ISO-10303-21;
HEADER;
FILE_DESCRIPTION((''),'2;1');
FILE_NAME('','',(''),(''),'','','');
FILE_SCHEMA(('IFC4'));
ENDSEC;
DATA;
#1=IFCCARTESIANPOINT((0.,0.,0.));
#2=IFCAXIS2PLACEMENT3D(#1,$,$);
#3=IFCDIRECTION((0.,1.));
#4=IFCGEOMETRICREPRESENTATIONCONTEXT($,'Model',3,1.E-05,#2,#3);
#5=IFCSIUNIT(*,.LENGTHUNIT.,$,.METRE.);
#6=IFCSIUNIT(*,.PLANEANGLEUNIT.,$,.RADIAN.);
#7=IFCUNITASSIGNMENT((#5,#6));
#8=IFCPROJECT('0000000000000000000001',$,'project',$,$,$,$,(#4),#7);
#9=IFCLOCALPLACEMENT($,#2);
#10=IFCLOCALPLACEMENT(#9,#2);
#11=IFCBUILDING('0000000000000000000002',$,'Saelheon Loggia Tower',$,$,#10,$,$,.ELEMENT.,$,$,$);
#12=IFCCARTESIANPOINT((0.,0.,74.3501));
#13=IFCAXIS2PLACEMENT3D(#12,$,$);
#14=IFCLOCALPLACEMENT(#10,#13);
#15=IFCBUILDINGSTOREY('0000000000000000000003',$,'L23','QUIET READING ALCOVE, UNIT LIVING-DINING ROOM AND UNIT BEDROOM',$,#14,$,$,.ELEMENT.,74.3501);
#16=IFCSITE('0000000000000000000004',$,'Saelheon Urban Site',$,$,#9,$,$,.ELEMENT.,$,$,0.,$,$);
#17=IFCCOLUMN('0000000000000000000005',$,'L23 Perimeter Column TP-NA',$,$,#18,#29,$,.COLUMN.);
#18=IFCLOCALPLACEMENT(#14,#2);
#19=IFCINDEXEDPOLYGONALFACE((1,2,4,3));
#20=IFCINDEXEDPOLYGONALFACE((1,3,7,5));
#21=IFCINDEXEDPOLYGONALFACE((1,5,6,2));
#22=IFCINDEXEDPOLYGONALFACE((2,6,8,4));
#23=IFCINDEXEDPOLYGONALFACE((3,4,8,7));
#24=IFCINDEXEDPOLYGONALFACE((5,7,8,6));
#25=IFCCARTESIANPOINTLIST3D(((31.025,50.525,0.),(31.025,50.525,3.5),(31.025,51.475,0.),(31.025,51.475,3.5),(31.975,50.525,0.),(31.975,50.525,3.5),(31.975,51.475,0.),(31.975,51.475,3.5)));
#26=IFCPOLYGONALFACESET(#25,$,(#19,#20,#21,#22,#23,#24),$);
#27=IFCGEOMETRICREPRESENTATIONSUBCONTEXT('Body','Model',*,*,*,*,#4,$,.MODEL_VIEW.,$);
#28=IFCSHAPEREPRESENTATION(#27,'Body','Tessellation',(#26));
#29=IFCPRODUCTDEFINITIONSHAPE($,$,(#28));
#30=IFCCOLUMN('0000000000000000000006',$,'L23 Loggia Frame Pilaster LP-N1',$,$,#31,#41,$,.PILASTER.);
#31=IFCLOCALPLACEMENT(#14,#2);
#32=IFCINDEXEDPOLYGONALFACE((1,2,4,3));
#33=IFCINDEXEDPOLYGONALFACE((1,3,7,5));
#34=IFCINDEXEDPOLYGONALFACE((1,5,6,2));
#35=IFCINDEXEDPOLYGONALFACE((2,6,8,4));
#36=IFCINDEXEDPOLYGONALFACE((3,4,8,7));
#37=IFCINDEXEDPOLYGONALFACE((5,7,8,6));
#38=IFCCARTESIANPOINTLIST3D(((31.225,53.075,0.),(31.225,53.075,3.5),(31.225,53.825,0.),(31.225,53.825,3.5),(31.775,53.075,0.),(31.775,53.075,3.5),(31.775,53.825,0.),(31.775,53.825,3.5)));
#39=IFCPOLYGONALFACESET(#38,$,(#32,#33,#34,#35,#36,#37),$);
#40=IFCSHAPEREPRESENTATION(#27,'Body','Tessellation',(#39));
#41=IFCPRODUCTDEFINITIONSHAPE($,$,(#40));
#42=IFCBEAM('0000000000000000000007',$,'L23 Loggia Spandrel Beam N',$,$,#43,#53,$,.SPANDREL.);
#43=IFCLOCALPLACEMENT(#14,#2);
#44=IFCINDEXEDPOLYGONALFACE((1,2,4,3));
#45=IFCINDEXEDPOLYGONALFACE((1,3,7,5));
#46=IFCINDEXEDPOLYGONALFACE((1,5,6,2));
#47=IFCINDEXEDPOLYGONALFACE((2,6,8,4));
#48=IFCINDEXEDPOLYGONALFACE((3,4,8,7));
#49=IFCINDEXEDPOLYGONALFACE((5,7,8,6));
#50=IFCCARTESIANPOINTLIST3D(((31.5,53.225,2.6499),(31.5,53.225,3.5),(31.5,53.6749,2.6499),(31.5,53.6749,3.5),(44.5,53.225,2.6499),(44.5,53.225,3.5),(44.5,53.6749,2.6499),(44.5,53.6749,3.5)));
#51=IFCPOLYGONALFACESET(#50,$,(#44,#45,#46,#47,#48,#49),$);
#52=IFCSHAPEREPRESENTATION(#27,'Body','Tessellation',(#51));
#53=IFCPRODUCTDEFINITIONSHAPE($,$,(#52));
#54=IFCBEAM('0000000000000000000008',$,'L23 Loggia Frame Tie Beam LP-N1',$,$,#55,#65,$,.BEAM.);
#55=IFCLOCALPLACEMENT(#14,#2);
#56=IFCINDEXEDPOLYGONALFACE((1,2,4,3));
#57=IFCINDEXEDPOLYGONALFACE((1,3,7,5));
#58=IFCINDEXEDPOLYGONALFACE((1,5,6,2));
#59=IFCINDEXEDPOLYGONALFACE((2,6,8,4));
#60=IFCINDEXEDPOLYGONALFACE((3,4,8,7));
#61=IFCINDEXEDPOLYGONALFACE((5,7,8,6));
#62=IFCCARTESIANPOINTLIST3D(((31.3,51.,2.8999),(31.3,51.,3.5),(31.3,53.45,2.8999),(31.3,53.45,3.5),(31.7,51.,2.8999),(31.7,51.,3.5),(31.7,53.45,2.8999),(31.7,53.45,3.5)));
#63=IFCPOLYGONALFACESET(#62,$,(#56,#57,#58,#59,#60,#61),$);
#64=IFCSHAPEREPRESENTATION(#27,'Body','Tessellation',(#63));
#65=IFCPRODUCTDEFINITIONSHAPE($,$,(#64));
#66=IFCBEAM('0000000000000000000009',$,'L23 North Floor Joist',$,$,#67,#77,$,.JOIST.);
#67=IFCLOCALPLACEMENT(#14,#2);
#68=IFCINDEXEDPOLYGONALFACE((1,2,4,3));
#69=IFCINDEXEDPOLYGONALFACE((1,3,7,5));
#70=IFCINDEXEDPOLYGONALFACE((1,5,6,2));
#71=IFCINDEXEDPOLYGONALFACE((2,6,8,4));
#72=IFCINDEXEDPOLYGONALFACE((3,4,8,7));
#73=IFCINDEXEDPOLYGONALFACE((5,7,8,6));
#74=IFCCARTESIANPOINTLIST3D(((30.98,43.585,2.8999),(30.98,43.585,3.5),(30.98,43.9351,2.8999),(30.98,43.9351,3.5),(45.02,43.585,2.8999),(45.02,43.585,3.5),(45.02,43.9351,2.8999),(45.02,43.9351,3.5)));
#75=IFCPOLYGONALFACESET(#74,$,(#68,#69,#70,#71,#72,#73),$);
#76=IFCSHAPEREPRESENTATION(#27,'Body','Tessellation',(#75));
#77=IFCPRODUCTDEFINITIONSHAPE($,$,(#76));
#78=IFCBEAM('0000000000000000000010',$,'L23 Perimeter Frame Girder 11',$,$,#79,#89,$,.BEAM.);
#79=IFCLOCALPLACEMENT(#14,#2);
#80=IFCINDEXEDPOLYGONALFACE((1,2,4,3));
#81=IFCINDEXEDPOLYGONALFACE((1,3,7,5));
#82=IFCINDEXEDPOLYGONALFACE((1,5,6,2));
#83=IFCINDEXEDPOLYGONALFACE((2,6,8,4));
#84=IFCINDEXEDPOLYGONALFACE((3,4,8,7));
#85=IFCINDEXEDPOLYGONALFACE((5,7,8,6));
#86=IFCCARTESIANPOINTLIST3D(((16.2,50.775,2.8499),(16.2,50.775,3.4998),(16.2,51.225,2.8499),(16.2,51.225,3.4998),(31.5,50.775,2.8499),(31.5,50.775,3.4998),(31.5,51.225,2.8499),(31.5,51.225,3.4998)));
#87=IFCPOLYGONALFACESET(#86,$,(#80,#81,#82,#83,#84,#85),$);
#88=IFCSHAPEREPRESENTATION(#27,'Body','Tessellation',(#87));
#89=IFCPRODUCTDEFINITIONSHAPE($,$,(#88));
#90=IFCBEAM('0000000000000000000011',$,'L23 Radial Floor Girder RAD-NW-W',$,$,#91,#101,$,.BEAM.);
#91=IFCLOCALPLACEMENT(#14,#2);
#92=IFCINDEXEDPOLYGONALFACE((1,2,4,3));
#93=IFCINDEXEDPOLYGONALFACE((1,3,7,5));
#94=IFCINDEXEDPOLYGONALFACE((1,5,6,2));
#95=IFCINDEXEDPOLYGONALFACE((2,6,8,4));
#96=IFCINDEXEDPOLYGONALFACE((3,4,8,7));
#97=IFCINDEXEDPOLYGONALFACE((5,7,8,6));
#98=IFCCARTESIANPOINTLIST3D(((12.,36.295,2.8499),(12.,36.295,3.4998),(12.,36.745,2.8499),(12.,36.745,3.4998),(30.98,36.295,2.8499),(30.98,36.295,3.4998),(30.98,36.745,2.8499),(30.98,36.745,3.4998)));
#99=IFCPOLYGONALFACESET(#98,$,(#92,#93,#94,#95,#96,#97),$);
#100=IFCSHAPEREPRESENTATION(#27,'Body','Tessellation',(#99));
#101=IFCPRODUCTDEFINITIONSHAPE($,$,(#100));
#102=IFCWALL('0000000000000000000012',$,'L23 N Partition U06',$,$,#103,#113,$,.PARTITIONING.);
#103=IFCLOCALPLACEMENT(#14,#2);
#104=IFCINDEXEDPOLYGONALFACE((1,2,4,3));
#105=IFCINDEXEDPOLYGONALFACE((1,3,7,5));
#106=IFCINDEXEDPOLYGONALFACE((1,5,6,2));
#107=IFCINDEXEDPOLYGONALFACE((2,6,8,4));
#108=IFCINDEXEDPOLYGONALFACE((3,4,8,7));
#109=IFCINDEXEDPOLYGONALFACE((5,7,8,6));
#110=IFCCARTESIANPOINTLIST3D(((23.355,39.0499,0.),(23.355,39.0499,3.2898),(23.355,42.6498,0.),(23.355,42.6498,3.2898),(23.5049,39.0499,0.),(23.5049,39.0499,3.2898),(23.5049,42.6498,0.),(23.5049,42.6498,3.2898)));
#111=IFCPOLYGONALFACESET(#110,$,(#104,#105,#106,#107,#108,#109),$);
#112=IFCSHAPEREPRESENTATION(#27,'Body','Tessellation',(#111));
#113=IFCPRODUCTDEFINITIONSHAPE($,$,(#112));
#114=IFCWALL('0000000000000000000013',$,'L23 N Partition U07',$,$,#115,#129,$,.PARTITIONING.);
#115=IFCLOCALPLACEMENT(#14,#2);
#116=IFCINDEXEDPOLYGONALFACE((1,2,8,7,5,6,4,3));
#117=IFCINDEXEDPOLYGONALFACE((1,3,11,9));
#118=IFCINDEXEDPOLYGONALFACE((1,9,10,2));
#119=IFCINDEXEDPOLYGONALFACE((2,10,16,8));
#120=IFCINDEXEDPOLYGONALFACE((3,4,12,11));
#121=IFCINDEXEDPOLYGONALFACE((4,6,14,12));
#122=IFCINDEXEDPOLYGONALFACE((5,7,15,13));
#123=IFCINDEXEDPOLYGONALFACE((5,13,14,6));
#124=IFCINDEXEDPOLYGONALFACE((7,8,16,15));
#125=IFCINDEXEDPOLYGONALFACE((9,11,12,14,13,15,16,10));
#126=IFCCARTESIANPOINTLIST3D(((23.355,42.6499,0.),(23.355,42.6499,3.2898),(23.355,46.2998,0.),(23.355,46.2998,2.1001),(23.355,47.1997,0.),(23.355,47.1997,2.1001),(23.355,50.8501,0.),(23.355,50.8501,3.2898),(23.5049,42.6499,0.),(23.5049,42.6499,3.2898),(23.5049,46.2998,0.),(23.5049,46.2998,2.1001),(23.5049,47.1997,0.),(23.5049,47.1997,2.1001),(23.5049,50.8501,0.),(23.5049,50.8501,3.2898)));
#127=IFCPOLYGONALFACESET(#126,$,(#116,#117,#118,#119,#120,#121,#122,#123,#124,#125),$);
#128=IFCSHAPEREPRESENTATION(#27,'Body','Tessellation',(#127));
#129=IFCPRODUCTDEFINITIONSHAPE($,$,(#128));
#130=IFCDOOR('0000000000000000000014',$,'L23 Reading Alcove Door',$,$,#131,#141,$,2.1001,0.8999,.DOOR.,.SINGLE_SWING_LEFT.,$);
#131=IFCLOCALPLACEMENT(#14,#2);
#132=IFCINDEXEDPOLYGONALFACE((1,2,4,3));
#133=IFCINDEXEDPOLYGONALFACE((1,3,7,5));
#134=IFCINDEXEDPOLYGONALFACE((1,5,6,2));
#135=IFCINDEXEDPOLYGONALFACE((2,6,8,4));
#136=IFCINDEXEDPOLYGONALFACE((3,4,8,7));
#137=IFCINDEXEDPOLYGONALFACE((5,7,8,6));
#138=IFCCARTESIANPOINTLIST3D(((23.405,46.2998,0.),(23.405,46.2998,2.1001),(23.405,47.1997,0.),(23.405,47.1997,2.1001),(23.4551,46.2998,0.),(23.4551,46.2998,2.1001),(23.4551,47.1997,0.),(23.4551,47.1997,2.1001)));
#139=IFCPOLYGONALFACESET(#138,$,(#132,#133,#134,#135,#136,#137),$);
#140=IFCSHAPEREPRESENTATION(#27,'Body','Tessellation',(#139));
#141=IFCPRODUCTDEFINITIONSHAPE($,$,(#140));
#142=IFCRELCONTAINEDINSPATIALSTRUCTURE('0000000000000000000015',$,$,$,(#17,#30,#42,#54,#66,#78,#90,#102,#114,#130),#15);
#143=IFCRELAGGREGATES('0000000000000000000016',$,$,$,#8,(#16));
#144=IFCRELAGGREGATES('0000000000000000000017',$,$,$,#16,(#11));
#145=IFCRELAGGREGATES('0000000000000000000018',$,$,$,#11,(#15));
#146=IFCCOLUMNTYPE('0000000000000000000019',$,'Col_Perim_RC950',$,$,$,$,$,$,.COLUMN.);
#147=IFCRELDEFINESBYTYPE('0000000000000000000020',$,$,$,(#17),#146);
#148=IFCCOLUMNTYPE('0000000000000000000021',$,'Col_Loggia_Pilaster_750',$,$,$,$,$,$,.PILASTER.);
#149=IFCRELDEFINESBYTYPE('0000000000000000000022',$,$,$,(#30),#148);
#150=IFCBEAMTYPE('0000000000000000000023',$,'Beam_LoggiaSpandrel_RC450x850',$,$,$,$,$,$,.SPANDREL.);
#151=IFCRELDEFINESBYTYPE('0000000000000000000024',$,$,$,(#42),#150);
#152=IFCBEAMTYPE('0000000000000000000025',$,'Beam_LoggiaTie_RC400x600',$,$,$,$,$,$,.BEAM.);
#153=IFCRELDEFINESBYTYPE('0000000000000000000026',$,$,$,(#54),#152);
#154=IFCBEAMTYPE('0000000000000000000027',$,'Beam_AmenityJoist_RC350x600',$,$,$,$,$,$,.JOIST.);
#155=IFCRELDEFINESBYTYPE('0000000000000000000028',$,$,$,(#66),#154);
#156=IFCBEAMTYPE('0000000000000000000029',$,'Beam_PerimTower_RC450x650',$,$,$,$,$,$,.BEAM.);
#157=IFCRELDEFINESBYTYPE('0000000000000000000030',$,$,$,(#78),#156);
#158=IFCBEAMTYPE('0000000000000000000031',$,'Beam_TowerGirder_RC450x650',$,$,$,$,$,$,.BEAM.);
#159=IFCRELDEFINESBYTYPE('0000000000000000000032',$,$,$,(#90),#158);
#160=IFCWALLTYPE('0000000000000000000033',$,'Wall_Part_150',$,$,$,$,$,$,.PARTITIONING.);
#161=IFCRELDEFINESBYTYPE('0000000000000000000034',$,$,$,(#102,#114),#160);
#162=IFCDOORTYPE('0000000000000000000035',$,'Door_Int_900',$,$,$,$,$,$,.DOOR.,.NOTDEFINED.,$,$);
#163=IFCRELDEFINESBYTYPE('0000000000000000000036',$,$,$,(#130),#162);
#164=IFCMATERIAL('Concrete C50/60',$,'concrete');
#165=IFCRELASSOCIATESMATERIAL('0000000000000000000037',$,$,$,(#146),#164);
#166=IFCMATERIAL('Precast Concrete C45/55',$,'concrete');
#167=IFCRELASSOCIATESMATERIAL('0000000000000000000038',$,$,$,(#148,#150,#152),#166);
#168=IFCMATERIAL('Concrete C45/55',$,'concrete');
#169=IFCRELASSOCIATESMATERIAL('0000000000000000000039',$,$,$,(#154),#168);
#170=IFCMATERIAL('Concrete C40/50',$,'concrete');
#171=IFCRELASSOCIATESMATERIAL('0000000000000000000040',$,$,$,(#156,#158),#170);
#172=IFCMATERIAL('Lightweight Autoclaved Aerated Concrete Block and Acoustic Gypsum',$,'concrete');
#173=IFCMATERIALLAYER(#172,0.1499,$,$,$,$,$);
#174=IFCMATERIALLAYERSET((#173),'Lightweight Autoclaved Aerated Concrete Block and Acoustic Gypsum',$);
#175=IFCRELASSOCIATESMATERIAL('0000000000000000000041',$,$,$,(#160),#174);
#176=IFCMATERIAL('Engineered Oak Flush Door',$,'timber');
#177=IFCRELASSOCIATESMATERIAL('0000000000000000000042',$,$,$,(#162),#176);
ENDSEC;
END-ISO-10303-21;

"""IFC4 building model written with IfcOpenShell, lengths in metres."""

from ifc_helpers import new_model, si_unit, direction, frame, frame_2d, origin, origin_2d, place, context, subcontext, project, spatial, rectangle, extrude, source, transform, mapped, material, layer, layer_set, material_profile, profile_set, type_object, element, fill, save


model = new_model("IFC4")

# Units and contexts
model_context = context("Model", 3, precision=1e-05, world=origin(), true_north=direction((0.0, 1.0)))
body_context = subcontext(model_context, "Body", "Model", "MODEL_VIEW")
ifc_project = project(units=[si_unit("LENGTHUNIT", "METRE"), si_unit("PLANEANGLEUNIT", "RADIAN")], contexts=[model_context])

# Site, building, storey
site_placement = place(None, origin())
site = spatial("IfcSite", under=ifc_project, at=site_placement, Name="Saelheon Urban Site", CompositionType="ELEMENT", RefElevation=0.0)
building_placement = place(site_placement, origin())
building = spatial("IfcBuilding", under=site, at=building_placement, Name="Saelheon Loggia Tower", CompositionType="ELEMENT")
storey_placement = place(building_placement, frame((0.0, 0.0, 74.3501)))
storey = spatial("IfcBuildingStorey", under=building, at=storey_placement, Name="L23", Description="QUIET READING ALCOVE, UNIT LIVING-DINING ROOM AND UNIT BEDROOM", CompositionType="ELEMENT", Elevation=74.3501)

# Columns
ifc_material_1 = material(Name="Concrete C50/60", Category="concrete")
ifc_material_profile_1 = material_profile(ifc_material_1, rectangle(XDim=0.95, YDim=0.95, at=origin_2d()), Name="RC-950x950")
ifc_profile_set_1 = profile_set([ifc_material_profile_1], Name="Concrete C50/60")
column_type_1 = type_object("IfcColumnType", Name="Col_Perim_RC950", PredefinedType="COLUMN", material=ifc_profile_set_1)
shared_shape_1 = source(origin(), body_context, "Body", "SweptSolid", [
    extrude(rectangle(XDim=0.95, YDim=0.95, at=origin_2d()), origin(), (0.0, 0.0, 1.0), 3.5),
])
column_1_placement = place(storey_placement, frame((31.5, 51.0, 0.0), z_axis=(0.0, 0.0, 1.0), x_axis=(1.0, 0.0, 0.0)))
element("IfcColumn", 1, at=column_1_placement, inside=storey, type_object=column_type_1, Name="L23 Perimeter Column TP-NA", PredefinedType="COLUMN", context=body_context, shape_type="MappedRepresentation", body=[
    mapped(shared_shape_1, transform((0.0, 0.0, 0.0), scale=1.0)),
])
ifc_material_2 = material(Name="Precast Concrete C45/55", Category="concrete")
ifc_material_profile_2 = material_profile(ifc_material_2, rectangle(XDim=0.55, YDim=0.75, at=origin_2d()), Name="RC-550x750")
ifc_profile_set_2 = profile_set([ifc_material_profile_2], Name="Precast Concrete C45/55")
column_type_2 = type_object("IfcColumnType", Name="Col_Loggia_Pilaster_750", PredefinedType="PILASTER", material=ifc_profile_set_2)
shared_shape_2 = source(origin(), body_context, "Body", "SweptSolid", [
    extrude(rectangle(XDim=0.55, YDim=0.75, at=origin_2d()), origin(), (0.0, 0.0, 1.0), 3.5),
])
column_2_placement = place(storey_placement, frame((31.5, 53.45, 0.0), z_axis=(0.0, 0.0, 1.0), x_axis=(1.0, 0.0, 0.0)))
element("IfcColumn", 2, at=column_2_placement, inside=storey, type_object=column_type_2, Name="L23 Loggia Frame Pilaster LP-N1", PredefinedType="PILASTER", context=body_context, shape_type="MappedRepresentation", body=[
    mapped(shared_shape_2, transform((0.0, 0.0, 0.0), scale=1.0)),
])

# Beams
ifc_material_profile_3 = material_profile(ifc_material_2, rectangle(XDim=0.45, YDim=0.8501, at=origin_2d()), Name="RC-450x850")
ifc_profile_set_3 = profile_set([ifc_material_profile_3], Name="Precast Concrete C45/55")
beam_type_1 = type_object("IfcBeamType", Name="Beam_LoggiaSpandrel_RC450x850", PredefinedType="SPANDREL", material=ifc_profile_set_3)
shared_shape_3 = source(origin(), body_context, "Body", "SweptSolid", [
    extrude(rectangle(XDim=0.45, YDim=0.8501, at=origin_2d()), origin(), (0.0, 0.0, 1.0), 13.0),
])
beam_1_placement = place(storey_placement, frame((31.5, 53.45, 3.075), z_axis=(1.0, 0.0, 0.0), x_axis=(0.0, 1.0, 0.0)))
element("IfcBeam", 3, at=beam_1_placement, inside=storey, type_object=beam_type_1, Name="L23 Loggia Spandrel Beam N", PredefinedType="SPANDREL", context=body_context, shape_type="MappedRepresentation", body=[
    mapped(shared_shape_3, transform((0.0, 0.0, 0.0), scale=1.0)),
])
ifc_material_profile_4 = material_profile(ifc_material_2, rectangle(XDim=0.3999, YDim=0.6001, at=origin_2d()), Name="RC-400x600")
ifc_profile_set_4 = profile_set([ifc_material_profile_4], Name="Precast Concrete C45/55")
beam_type_2 = type_object("IfcBeamType", Name="Beam_LoggiaTie_RC400x600", PredefinedType="BEAM", material=ifc_profile_set_4)
shared_shape_4 = source(origin(), body_context, "Body", "SweptSolid", [
    extrude(rectangle(XDim=0.3999, YDim=0.6001, at=origin_2d()), origin(), (0.0, 0.0, 1.0), 2.45),
])
beam_2_placement = place(storey_placement, frame((31.5, 51.0, 3.2), z_axis=(0.0, 1.0, 0.0), x_axis=(-1.0, 0.0, 0.0)))
element("IfcBeam", 4, at=beam_2_placement, inside=storey, type_object=beam_type_2, Name="L23 Loggia Frame Tie Beam LP-N1", PredefinedType="BEAM", context=body_context, shape_type="MappedRepresentation", body=[
    mapped(shared_shape_4, transform((0.0, 0.0, 0.0), scale=1.0)),
])
ifc_material_3 = material(Name="Concrete C45/55", Category="concrete")
ifc_material_profile_5 = material_profile(ifc_material_3, rectangle(XDim=0.3501, YDim=0.6001, at=origin_2d()), Name="RC-350x600")
ifc_profile_set_5 = profile_set([ifc_material_profile_5], Name="Concrete C45/55")
beam_type_3 = type_object("IfcBeamType", Name="Beam_AmenityJoist_RC350x600", PredefinedType="JOIST", material=ifc_profile_set_5)
shared_shape_5 = source(origin(), body_context, "Body", "SweptSolid", [
    extrude(rectangle(XDim=0.3501, YDim=0.6001, at=origin_2d()), origin(), (0.0, 0.0, 1.0), 14.04),
])
beam_3_placement = place(storey_placement, frame((30.98, 43.76, 3.2), z_axis=(1.0, 0.0, 0.0), x_axis=(0.0, 1.0, 0.0)))
element("IfcBeam", 5, at=beam_3_placement, inside=storey, type_object=beam_type_3, Name="L23 North Floor Joist", PredefinedType="JOIST", context=body_context, shape_type="MappedRepresentation", body=[
    mapped(shared_shape_5, transform((0.0, 0.0, 0.0), scale=1.0)),
])
ifc_material_4 = material(Name="Concrete C40/50", Category="concrete")
ifc_material_profile_6 = material_profile(ifc_material_4, rectangle(XDim=0.45, YDim=0.6499, at=origin_2d()), Name="RC-450x650")
ifc_profile_set_6 = profile_set([ifc_material_profile_6], Name="Concrete C40/50")
beam_type_4 = type_object("IfcBeamType", Name="Beam_PerimTower_RC450x650", PredefinedType="BEAM", material=ifc_profile_set_6)
shared_shape_6 = source(origin(), body_context, "Body", "SweptSolid", [
    extrude(rectangle(XDim=0.45, YDim=0.6499, at=origin_2d()), origin(), (0.0, 0.0, 1.0), 15.3),
])
beam_4_placement = place(storey_placement, frame((31.5, 51.0, 3.1748), z_axis=(-1.0, 0.0, 0.0), x_axis=(0.0, -1.0, 0.0)))
element("IfcBeam", 6, at=beam_4_placement, inside=storey, type_object=beam_type_4, Name="L23 Perimeter Frame Girder 11", PredefinedType="BEAM", context=body_context, shape_type="MappedRepresentation", body=[
    mapped(shared_shape_6, transform((0.0, 0.0, 0.0), scale=1.0)),
])
ifc_material_profile_7 = material_profile(ifc_material_4, rectangle(XDim=0.45, YDim=0.6499, at=origin_2d()), Name="RC-450x650")
ifc_profile_set_7 = profile_set([ifc_material_profile_7], Name="Concrete C40/50")
beam_type_5 = type_object("IfcBeamType", Name="Beam_TowerGirder_RC450x650", PredefinedType="BEAM", material=ifc_profile_set_7)
shared_shape_7 = source(origin(), body_context, "Body", "SweptSolid", [
    extrude(rectangle(XDim=0.45, YDim=0.6499, at=origin_2d()), origin(), (0.0, 0.0, 1.0), 18.98),
])
beam_5_placement = place(storey_placement, frame((30.98, 36.52, 3.1748), z_axis=(-1.0, 0.0, 0.0), x_axis=(0.0, -1.0, 0.0)))
element("IfcBeam", 7, at=beam_5_placement, inside=storey, type_object=beam_type_5, Name="L23 Radial Floor Girder RAD-NW-W", PredefinedType="BEAM", context=body_context, shape_type="MappedRepresentation", body=[
    mapped(shared_shape_7, transform((0.0, 0.0, 0.0), scale=1.0)),
])

# Wall
ifc_material_5 = material(Name="Lightweight Autoclaved Aerated Concrete Block and Acoustic Gypsum", Category="concrete")
ifc_layer_1 = layer(ifc_material_5, 0.1499)
ifc_layer_set_1 = layer_set([ifc_layer_1], Name="Lightweight Autoclaved Aerated Concrete Block and Acoustic Gypsum")
wall_type_1 = type_object("IfcWallType", Name="Wall_Part_150", PredefinedType="PARTITIONING", material=ifc_layer_set_1)
wall_1_placement = place(storey_placement, frame((23.4299, 39.05, 0.0), z_axis=(0.0, 0.0, 1.0), x_axis=(0.0, 1.0, 0.0)))
element("IfcWall", 8, at=wall_1_placement, inside=storey, type_object=wall_type_1, Name="L23 N Partition U06", PredefinedType="PARTITIONING", context=body_context, shape_type="SweptSolid", body=[
    extrude(rectangle(XDim=3.5999, YDim=0.1499, at=frame_2d((1.7998, 0.0))), origin(), (0.0, 0.0, 1.0), 3.2898),
])

# Wall, opening, door
wall_2_placement = place(storey_placement, frame((23.4299, 42.6499, 0.0), z_axis=(0.0, 0.0, 1.0), x_axis=(0.0, 1.0, 0.0)))
wall_2 = element("IfcWall", 9, at=wall_2_placement, inside=storey, type_object=wall_type_1, Name="L23 N Partition U07", PredefinedType="PARTITIONING", context=body_context, shape_type="SweptSolid", body=[
    extrude(rectangle(XDim=8.2002, YDim=0.1499, at=frame_2d((4.1001, 0.0))), origin(), (0.0, 0.0, 1.0), 3.2898),
])
opening_1_placement = place(wall_2_placement, frame((3.6499, 0.0, 0.0)))
opening_1 = element("IfcOpeningElement", 10, at=opening_1_placement, cuts=wall_2, PredefinedType="OPENING", context=body_context, shape_type="SweptSolid", body=[
    extrude(rectangle(XDim=0.8999, YDim=2.1001, at=frame_2d((0.45, 1.05))), frame((0.0, 0.0869, 0.0), z_axis=(0.0, -1.0, 0.0), x_axis=(1.0, 0.0, 0.0)), (0.0, 0.0, 1.0), 0.1738),
])
ifc_material_6 = material(Name="Engineered Oak Flush Door", Category="timber")
door_type_1 = type_object("IfcDoorType", Name="Door_Int_900", OperationType="NOTDEFINED", PredefinedType="DOOR", material=ifc_material_6)
shared_shape_8 = source(origin(), body_context, "Body", "SweptSolid", [
    extrude(rectangle(XDim=0.8999, YDim=2.1001, at=frame_2d((0.45, 1.05))), frame((0.0, 0.0249, 0.0), z_axis=(0.0, -1.0, 0.0), x_axis=(1.0, 0.0, 0.0)), (0.0, 0.0, 1.0), 0.05),
])
door_1_placement = place(opening_1_placement, origin())
door_1 = element("IfcDoor", 11, at=door_1_placement, inside=storey, type_object=door_type_1, Name="L23 Reading Alcove Door", OperationType="SINGLE_SWING_LEFT", OverallHeight=2.1001, OverallWidth=0.8999, PredefinedType="DOOR", context=body_context, shape_type="MappedRepresentation", body=[
    mapped(shared_shape_8, transform((0.0, 0.0, 0.0), scale=1.0)),
])
fill(opening_1, door_1)

save(model, "model.ifc")
